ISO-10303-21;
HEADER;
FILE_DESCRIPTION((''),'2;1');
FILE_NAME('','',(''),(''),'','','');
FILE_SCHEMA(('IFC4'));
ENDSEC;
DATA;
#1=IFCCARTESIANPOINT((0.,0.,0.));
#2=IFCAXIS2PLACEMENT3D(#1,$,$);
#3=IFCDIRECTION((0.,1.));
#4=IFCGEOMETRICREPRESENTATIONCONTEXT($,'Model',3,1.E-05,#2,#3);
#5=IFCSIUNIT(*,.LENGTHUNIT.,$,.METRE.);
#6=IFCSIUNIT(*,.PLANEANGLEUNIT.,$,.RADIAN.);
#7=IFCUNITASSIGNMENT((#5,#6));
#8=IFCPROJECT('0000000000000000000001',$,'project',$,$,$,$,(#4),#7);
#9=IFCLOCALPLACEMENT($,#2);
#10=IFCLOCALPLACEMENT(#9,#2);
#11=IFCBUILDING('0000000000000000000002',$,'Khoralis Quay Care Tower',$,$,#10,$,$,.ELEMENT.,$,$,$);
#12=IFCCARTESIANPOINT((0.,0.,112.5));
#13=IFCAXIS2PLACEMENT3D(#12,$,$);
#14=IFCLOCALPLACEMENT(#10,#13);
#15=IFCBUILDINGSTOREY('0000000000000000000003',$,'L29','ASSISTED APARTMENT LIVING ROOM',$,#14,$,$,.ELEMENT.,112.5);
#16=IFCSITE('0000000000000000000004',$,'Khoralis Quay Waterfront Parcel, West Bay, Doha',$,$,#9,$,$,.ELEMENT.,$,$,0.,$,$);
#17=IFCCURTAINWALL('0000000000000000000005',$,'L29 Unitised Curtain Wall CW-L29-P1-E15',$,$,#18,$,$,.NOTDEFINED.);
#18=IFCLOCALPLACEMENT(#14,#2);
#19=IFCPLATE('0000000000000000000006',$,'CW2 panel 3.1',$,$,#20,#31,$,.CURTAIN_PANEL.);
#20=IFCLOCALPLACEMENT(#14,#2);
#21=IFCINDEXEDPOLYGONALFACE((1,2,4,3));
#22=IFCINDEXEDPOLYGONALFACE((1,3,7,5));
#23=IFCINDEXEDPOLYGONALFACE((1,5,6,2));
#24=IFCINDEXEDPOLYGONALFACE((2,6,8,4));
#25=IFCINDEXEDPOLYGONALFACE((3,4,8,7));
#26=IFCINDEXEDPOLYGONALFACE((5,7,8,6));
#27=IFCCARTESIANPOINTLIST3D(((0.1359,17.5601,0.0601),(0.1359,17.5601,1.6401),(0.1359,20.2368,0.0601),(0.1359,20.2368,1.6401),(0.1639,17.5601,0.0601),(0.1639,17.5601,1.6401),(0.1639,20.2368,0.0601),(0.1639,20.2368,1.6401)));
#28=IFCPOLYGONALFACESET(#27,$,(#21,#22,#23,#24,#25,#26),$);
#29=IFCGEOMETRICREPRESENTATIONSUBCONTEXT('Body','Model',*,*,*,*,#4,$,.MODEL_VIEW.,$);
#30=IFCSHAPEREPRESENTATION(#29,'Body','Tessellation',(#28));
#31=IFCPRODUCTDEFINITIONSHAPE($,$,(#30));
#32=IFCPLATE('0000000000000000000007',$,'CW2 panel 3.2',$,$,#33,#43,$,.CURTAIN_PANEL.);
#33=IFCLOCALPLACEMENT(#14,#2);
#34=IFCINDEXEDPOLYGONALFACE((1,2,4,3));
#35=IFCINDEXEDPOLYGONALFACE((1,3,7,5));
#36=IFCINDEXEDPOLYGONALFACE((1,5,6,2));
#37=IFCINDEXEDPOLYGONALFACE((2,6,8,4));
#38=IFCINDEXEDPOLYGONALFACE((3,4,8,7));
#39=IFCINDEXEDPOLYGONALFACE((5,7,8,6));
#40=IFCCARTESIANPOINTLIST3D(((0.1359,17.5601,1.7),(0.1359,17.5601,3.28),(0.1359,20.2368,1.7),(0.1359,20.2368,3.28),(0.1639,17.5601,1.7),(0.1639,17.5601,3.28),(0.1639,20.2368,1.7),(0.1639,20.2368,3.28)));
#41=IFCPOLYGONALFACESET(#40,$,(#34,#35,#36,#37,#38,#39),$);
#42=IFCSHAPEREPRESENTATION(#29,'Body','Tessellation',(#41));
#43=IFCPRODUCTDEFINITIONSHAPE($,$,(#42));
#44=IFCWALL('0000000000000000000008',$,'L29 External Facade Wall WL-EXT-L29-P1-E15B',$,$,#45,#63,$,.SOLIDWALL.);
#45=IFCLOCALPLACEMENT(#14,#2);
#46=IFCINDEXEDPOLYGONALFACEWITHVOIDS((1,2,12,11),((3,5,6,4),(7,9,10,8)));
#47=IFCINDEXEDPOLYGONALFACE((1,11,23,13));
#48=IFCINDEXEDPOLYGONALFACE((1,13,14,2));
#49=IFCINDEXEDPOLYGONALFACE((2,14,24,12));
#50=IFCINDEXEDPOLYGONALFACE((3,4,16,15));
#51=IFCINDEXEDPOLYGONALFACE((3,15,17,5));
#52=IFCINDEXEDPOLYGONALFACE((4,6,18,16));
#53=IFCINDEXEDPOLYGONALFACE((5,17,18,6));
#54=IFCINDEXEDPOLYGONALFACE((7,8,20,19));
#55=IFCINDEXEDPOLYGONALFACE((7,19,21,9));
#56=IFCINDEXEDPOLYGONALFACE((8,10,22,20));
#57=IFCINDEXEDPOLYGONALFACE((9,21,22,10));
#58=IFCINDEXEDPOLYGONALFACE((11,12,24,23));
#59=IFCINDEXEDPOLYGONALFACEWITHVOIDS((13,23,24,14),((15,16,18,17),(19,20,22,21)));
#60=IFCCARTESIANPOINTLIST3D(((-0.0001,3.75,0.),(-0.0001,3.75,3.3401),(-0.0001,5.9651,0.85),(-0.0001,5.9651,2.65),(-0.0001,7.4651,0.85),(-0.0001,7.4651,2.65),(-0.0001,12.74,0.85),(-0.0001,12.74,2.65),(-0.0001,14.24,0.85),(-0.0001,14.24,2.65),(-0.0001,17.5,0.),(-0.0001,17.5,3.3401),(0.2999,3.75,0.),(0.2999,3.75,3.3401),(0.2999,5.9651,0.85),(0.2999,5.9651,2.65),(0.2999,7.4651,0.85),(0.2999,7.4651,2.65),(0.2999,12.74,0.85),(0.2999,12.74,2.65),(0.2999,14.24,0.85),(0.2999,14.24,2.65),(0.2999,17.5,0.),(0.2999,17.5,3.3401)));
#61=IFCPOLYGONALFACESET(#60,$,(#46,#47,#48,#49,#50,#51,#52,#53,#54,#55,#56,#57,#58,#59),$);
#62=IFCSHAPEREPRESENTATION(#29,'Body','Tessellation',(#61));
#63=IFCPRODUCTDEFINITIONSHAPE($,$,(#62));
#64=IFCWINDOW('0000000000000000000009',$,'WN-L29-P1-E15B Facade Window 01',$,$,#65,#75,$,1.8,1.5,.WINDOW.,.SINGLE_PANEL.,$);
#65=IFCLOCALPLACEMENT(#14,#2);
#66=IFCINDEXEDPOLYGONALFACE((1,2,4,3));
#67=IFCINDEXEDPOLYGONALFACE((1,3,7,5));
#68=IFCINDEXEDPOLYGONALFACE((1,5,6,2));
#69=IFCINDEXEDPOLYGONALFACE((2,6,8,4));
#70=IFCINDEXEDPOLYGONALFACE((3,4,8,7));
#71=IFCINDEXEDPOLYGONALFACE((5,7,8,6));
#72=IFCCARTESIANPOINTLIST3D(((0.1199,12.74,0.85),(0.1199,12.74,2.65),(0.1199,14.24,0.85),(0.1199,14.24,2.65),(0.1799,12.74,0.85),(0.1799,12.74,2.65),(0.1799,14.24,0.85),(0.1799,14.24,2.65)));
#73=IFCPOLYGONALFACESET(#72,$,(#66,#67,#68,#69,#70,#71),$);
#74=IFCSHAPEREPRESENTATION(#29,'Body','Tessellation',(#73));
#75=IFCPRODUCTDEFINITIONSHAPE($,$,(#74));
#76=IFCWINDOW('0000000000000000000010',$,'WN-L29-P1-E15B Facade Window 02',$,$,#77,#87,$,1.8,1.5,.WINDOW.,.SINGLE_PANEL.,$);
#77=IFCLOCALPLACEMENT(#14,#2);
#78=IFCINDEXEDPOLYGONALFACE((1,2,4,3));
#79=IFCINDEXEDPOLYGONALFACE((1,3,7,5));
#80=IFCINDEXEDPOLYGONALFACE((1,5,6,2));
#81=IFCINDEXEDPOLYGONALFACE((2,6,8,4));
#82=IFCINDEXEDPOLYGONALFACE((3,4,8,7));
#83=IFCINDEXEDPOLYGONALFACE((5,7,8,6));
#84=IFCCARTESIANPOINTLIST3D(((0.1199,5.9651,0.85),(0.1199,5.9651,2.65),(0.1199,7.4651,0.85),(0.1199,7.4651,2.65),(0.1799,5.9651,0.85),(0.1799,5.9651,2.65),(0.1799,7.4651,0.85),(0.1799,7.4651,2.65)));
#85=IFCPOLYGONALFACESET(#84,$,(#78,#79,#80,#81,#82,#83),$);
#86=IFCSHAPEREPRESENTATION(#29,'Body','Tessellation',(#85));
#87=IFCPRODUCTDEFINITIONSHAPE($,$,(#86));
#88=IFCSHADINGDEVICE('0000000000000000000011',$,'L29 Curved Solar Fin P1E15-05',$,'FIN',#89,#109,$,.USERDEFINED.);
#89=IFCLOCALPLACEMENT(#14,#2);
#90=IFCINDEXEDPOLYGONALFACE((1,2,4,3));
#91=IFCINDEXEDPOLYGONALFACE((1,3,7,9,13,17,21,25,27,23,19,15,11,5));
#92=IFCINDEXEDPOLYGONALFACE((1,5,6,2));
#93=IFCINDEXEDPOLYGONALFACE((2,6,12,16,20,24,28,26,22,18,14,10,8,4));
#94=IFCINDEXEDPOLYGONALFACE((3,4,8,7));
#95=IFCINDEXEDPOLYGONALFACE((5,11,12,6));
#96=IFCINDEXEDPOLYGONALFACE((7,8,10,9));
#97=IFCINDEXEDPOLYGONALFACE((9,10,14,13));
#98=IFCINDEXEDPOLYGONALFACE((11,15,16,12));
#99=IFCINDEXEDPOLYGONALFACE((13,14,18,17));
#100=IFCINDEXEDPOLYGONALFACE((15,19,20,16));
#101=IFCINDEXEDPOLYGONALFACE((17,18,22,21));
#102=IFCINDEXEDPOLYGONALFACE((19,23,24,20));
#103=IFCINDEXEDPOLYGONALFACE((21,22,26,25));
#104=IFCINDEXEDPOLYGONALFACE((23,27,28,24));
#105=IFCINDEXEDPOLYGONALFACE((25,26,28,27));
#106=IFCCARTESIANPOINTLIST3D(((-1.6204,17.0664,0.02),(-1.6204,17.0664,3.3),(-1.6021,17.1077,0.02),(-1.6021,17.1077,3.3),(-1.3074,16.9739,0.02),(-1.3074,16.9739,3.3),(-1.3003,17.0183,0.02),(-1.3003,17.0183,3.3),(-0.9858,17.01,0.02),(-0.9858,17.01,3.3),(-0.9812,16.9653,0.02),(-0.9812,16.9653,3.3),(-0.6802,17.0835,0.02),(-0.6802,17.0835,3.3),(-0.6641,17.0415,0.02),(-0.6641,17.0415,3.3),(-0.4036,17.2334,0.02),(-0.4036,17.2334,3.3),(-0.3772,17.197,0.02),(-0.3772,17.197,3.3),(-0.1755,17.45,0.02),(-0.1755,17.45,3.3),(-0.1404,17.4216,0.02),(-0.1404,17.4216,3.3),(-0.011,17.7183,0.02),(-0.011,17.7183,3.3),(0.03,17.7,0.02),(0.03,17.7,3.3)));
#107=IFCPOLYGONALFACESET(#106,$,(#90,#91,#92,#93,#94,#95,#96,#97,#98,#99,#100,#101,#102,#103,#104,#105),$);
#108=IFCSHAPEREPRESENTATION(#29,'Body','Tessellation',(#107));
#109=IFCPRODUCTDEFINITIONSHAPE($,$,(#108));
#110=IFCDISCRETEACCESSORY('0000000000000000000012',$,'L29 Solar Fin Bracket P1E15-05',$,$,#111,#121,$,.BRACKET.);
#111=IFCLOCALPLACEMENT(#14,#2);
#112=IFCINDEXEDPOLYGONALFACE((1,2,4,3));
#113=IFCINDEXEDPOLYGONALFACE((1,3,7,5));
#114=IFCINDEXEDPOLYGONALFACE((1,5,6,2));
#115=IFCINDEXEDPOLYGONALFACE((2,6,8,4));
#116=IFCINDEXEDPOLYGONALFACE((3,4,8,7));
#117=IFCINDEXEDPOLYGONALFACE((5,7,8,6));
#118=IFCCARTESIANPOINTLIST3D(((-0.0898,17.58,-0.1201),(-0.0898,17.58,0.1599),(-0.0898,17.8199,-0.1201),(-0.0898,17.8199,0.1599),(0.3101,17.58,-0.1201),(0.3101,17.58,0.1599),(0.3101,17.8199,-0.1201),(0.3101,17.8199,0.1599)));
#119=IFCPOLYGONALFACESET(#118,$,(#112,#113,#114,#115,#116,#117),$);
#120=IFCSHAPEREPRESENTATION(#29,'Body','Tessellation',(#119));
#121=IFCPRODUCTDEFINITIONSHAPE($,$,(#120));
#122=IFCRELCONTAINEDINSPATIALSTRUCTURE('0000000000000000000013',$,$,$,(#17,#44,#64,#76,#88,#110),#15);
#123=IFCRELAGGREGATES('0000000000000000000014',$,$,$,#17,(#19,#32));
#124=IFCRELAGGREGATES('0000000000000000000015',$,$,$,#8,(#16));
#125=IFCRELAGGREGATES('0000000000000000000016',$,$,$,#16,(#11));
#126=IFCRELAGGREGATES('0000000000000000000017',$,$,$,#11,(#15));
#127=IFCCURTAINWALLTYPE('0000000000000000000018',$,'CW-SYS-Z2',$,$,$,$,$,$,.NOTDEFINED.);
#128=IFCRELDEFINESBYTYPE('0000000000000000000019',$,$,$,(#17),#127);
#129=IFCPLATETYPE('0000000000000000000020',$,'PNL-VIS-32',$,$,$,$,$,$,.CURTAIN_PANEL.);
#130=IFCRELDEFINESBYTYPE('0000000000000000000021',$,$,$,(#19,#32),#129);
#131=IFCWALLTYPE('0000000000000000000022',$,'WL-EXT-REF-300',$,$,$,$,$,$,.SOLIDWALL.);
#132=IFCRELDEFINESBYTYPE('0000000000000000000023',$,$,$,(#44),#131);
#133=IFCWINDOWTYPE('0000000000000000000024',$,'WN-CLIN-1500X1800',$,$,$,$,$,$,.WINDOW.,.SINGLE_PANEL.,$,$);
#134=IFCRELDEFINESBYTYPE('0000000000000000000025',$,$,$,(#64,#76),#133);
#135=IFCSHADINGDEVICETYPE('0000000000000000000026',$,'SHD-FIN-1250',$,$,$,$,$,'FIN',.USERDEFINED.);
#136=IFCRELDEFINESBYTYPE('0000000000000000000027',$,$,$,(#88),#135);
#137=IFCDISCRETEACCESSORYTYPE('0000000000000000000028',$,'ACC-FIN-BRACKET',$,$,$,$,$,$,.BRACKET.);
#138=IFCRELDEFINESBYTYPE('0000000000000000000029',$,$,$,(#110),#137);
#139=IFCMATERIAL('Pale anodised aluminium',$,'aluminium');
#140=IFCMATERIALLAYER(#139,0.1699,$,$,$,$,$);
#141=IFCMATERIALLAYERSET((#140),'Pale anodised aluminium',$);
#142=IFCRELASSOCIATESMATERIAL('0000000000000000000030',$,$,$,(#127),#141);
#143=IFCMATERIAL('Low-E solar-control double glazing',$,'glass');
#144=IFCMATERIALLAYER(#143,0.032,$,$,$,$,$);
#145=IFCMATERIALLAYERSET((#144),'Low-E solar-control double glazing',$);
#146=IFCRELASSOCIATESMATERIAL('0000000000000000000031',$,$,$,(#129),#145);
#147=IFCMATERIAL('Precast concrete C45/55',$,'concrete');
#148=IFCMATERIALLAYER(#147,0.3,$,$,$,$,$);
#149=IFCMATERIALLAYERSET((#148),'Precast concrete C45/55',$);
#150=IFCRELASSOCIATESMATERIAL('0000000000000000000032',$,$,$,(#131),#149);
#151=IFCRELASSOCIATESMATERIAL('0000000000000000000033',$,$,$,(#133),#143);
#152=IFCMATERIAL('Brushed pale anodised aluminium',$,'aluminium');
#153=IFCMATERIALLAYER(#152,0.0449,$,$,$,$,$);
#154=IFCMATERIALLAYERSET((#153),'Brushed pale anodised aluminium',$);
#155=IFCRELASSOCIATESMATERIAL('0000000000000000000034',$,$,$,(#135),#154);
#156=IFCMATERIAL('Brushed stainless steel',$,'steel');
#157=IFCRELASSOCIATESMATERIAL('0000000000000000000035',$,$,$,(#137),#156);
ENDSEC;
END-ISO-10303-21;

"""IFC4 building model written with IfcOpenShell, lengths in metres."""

from ifc_helpers import new_model, si_unit, direction, frame, frame_2d, origin, origin_2d, place, context, subcontext, project, spatial, polyline, rectangle, outline, extrude, source, transform, mapped, material, layer, layer_set, type_object, element, fill, aggregate, save


model = new_model("IFC4")

# Units and contexts
model_context = context("Model", 3, precision=1e-05, world=origin(), true_north=direction((0.0, 1.0)))
body_context = subcontext(model_context, "Body", "Model", "MODEL_VIEW")
ifc_project = project(units=[si_unit("LENGTHUNIT", "METRE"), si_unit("PLANEANGLEUNIT", "RADIAN")], contexts=[model_context])

# Site, building, storey
site_placement = place(None, origin())
site = spatial("IfcSite", under=ifc_project, at=site_placement, Name="Khoralis Quay Waterfront Parcel, West Bay, Doha", CompositionType="ELEMENT", RefElevation=0.0)
building_placement = place(site_placement, origin())
building = spatial("IfcBuilding", under=site, at=building_placement, Name="Khoralis Quay Care Tower", CompositionType="ELEMENT")
storey_placement = place(building_placement, frame((0.0, 0.0, 112.5)))
storey = spatial("IfcBuildingStorey", under=building, at=storey_placement, Name="L29", Description="ASSISTED APARTMENT LIVING ROOM", CompositionType="ELEMENT", Elevation=112.5)

# Curtain wall, plates
ifc_material_1 = material(Name="Pale anodised aluminium", Category="aluminium")
ifc_layer_1 = layer(ifc_material_1, 0.1699)
ifc_layer_set_1 = layer_set([ifc_layer_1], Name="Pale anodised aluminium")
curtain_wall_type = type_object("IfcCurtainWallType", Name="CW-SYS-Z2", PredefinedType="NOTDEFINED", material=ifc_layer_set_1)
curtain_wall_placement = place(storey_placement, origin())
curtain_wall = element("IfcCurtainWall", 1, at=curtain_wall_placement, inside=storey, type_object=curtain_wall_type, Name="L29 Unitised Curtain Wall CW-L29-P1-E15", PredefinedType="NOTDEFINED")
ifc_material_2 = material(Name="Low-E solar-control double glazing", Category="glass")
ifc_layer_2 = layer(ifc_material_2, 0.032)
ifc_layer_set_2 = layer_set([ifc_layer_2], Name="Low-E solar-control double glazing")
plate_type = type_object("IfcPlateType", Name="PNL-VIS-32", PredefinedType="CURTAIN_PANEL", material=ifc_layer_set_2)
shared_shape_1 = source(origin(), body_context, "Body", "SweptSolid", [
    extrude(rectangle(XDim=2.6768, YDim=0.0281, at=origin_2d()), origin(), (0.0, 0.0, 1.0), 1.5801),
])
plate_1_placement = place(storey_placement, frame((0.1499, 18.8984, 0.0601), z_axis=(0.0, 0.0, 1.0), x_axis=(0.0, -1.0, 0.0)))
plate_1 = element("IfcPlate", 2, at=plate_1_placement, type_object=plate_type, Name="CW2 panel 3.1", PredefinedType="CURTAIN_PANEL", context=body_context, shape_type="MappedRepresentation", body=[
    mapped(shared_shape_1, transform((0.0, 0.0, 0.0), scale=1.0)),
])
plate_2_placement = place(storey_placement, frame((0.1499, 18.8984, 1.7), z_axis=(0.0, 0.0, 1.0), x_axis=(0.0, -1.0, 0.0)))
plate_2 = element("IfcPlate", 3, at=plate_2_placement, type_object=plate_type, Name="CW2 panel 3.2", PredefinedType="CURTAIN_PANEL", context=body_context, shape_type="MappedRepresentation", body=[
    mapped(shared_shape_1, transform((0.0, 0.0, 0.0), scale=1.0)),
])
aggregate(curtain_wall, [plate_1, plate_2])

# Wall, openings, windows
ifc_material_3 = material(Name="Precast concrete C45/55", Category="concrete")
ifc_layer_3 = layer(ifc_material_3, 0.3)
ifc_layer_set_3 = layer_set([ifc_layer_3], Name="Precast concrete C45/55")
wall_type = type_object("IfcWallType", Name="WL-EXT-REF-300", PredefinedType="SOLIDWALL", material=ifc_layer_set_3)
wall_placement = place(storey_placement, frame((0.1499, 17.5, 0.0), z_axis=(0.0, 0.0, 1.0), x_axis=(0.0, -1.0, 0.0)))
wall = element("IfcWall", 4, at=wall_placement, inside=storey, type_object=wall_type, Name="L29 External Facade Wall WL-EXT-L29-P1-E15B", PredefinedType="SOLIDWALL", context=body_context, shape_type="SweptSolid", body=[
    extrude(rectangle(XDim=13.75, YDim=0.3, at=frame_2d((6.875, 0.0))), origin(), (0.0, 0.0, 1.0), 3.3401),
])
opening_1_placement = place(wall_placement, frame((3.26, 0.0, 0.8501)))
opening_1 = element("IfcOpeningElement", 5, at=opening_1_placement, cuts=wall, PredefinedType="OPENING", context=body_context, shape_type="SweptSolid", body=[
    extrude(rectangle(XDim=1.5, YDim=1.8, at=frame_2d((0.75, 0.8999))), frame((0.0, 0.1602, 0.0), z_axis=(0.0, -1.0, 0.0), x_axis=(1.0, 0.0, 0.0)), (0.0, 0.0, 1.0), 0.3201),
])
opening_2_placement = place(wall_placement, frame((10.0349, 0.0, 0.8501)))
opening_2 = element("IfcOpeningElement", 6, at=opening_2_placement, cuts=wall, PredefinedType="OPENING", context=body_context, shape_type="SweptSolid", body=[
    extrude(rectangle(XDim=1.5, YDim=1.8, at=frame_2d((0.75, 0.8999))), frame((0.0, 0.1602, 0.0), z_axis=(0.0, -1.0, 0.0), x_axis=(1.0, 0.0, 0.0)), (0.0, 0.0, 1.0), 0.3201),
])
window_type = type_object("IfcWindowType", Name="WN-CLIN-1500X1800", PartitioningType="SINGLE_PANEL", PredefinedType="WINDOW", material=ifc_material_2)
shared_shape_2 = source(origin(), body_context, "Body", "SweptSolid", [
    extrude(rectangle(XDim=1.5, YDim=1.8, at=frame_2d((0.75, 0.8999))), frame((0.0, 0.03, 0.0), z_axis=(0.0, -1.0, 0.0), x_axis=(1.0, 0.0, 0.0)), (0.0, 0.0, 1.0), 0.0601),
])
window_1_placement = place(opening_1_placement, origin())
window_1 = element("IfcWindow", 7, at=window_1_placement, inside=storey, type_object=window_type, Name="WN-L29-P1-E15B Facade Window 01", OverallHeight=1.8, OverallWidth=1.5, PartitioningType="SINGLE_PANEL", PredefinedType="WINDOW", context=body_context, shape_type="MappedRepresentation", body=[
    mapped(shared_shape_2, transform((0.0, 0.0, 0.0), scale=1.0)),
])
fill(opening_1, window_1)
window_2_placement = place(opening_2_placement, origin())
window_2 = element("IfcWindow", 8, at=window_2_placement, inside=storey, type_object=window_type, Name="WN-L29-P1-E15B Facade Window 02", OverallHeight=1.8, OverallWidth=1.5, PartitioningType="SINGLE_PANEL", PredefinedType="WINDOW", context=body_context, shape_type="MappedRepresentation", body=[
    mapped(shared_shape_2, transform((0.0, 0.0, 0.0), scale=1.0)),
])
fill(opening_2, window_2)

# Shading device
ifc_material_4 = material(Name="Brushed pale anodised aluminium", Category="aluminium")
ifc_layer_4 = layer(ifc_material_4, 0.0449)
ifc_layer_set_4 = layer_set([ifc_layer_4], Name="Brushed pale anodised aluminium")
shading_device_type = type_object("IfcShadingDeviceType", Name="SHD-FIN-1250", ElementType="FIN", PredefinedType="USERDEFINED", material=ifc_layer_set_4)
shared_shape_3 = source(origin(), body_context, "Body", "SweptSolid", [
    extrude(outline(polyline([(0.0, 0.0), (0.1704, 0.2783), (0.4072, 0.5029), (0.6941, 0.6584), (1.0112, 0.7346), (1.3374, 0.7261), (1.6504, 0.6335), (1.6321, 0.5923), (1.3303, 0.6816), (1.0159, 0.6899), (0.7102, 0.6165), (0.4336, 0.4666), (0.2056, 0.25), (0.041, -0.0183), (0.0, 0.0)])), origin(), (0.0, 0.0, 1.0), 3.28),
])
shading_device_placement = place(storey_placement, frame((0.03, 17.7, 0.02), z_axis=(0.0, 0.0, 1.0), x_axis=(-1.0, 0.0, 0.0)))
element("IfcShadingDevice", 9, at=shading_device_placement, inside=storey, type_object=shading_device_type, Name="L29 Curved Solar Fin P1E15-05", ObjectType="FIN", PredefinedType="USERDEFINED", context=body_context, shape_type="MappedRepresentation", body=[
    mapped(shared_shape_3, transform((0.0, 0.0, 0.0), scale=1.0)),
])

# Discrete accessory
ifc_material_5 = material(Name="Brushed stainless steel", Category="steel")
discrete_accessory_type = type_object("IfcDiscreteAccessoryType", Name="ACC-FIN-BRACKET", PredefinedType="BRACKET", material=ifc_material_5)
shared_shape_4 = source(origin(), body_context, "Body", "SweptSolid", [
    extrude(rectangle(XDim=0.3999, YDim=0.24, at=origin_2d()), origin(), (0.0, 0.0, 1.0), 0.28),
])
discrete_accessory_placement = place(storey_placement, frame((0.1101, 17.7, -0.1201), z_axis=(0.0, 0.0, 1.0), x_axis=(-1.0, 0.0, 0.0)))
element("IfcDiscreteAccessory", 10, at=discrete_accessory_placement, inside=storey, type_object=discrete_accessory_type, Name="L29 Solar Fin Bracket P1E15-05", PredefinedType="BRACKET", context=body_context, shape_type="MappedRepresentation", body=[
    mapped(shared_shape_4, transform((0.0, 0.0, 0.0), scale=1.0)),
])

save(model, "model.ifc")
